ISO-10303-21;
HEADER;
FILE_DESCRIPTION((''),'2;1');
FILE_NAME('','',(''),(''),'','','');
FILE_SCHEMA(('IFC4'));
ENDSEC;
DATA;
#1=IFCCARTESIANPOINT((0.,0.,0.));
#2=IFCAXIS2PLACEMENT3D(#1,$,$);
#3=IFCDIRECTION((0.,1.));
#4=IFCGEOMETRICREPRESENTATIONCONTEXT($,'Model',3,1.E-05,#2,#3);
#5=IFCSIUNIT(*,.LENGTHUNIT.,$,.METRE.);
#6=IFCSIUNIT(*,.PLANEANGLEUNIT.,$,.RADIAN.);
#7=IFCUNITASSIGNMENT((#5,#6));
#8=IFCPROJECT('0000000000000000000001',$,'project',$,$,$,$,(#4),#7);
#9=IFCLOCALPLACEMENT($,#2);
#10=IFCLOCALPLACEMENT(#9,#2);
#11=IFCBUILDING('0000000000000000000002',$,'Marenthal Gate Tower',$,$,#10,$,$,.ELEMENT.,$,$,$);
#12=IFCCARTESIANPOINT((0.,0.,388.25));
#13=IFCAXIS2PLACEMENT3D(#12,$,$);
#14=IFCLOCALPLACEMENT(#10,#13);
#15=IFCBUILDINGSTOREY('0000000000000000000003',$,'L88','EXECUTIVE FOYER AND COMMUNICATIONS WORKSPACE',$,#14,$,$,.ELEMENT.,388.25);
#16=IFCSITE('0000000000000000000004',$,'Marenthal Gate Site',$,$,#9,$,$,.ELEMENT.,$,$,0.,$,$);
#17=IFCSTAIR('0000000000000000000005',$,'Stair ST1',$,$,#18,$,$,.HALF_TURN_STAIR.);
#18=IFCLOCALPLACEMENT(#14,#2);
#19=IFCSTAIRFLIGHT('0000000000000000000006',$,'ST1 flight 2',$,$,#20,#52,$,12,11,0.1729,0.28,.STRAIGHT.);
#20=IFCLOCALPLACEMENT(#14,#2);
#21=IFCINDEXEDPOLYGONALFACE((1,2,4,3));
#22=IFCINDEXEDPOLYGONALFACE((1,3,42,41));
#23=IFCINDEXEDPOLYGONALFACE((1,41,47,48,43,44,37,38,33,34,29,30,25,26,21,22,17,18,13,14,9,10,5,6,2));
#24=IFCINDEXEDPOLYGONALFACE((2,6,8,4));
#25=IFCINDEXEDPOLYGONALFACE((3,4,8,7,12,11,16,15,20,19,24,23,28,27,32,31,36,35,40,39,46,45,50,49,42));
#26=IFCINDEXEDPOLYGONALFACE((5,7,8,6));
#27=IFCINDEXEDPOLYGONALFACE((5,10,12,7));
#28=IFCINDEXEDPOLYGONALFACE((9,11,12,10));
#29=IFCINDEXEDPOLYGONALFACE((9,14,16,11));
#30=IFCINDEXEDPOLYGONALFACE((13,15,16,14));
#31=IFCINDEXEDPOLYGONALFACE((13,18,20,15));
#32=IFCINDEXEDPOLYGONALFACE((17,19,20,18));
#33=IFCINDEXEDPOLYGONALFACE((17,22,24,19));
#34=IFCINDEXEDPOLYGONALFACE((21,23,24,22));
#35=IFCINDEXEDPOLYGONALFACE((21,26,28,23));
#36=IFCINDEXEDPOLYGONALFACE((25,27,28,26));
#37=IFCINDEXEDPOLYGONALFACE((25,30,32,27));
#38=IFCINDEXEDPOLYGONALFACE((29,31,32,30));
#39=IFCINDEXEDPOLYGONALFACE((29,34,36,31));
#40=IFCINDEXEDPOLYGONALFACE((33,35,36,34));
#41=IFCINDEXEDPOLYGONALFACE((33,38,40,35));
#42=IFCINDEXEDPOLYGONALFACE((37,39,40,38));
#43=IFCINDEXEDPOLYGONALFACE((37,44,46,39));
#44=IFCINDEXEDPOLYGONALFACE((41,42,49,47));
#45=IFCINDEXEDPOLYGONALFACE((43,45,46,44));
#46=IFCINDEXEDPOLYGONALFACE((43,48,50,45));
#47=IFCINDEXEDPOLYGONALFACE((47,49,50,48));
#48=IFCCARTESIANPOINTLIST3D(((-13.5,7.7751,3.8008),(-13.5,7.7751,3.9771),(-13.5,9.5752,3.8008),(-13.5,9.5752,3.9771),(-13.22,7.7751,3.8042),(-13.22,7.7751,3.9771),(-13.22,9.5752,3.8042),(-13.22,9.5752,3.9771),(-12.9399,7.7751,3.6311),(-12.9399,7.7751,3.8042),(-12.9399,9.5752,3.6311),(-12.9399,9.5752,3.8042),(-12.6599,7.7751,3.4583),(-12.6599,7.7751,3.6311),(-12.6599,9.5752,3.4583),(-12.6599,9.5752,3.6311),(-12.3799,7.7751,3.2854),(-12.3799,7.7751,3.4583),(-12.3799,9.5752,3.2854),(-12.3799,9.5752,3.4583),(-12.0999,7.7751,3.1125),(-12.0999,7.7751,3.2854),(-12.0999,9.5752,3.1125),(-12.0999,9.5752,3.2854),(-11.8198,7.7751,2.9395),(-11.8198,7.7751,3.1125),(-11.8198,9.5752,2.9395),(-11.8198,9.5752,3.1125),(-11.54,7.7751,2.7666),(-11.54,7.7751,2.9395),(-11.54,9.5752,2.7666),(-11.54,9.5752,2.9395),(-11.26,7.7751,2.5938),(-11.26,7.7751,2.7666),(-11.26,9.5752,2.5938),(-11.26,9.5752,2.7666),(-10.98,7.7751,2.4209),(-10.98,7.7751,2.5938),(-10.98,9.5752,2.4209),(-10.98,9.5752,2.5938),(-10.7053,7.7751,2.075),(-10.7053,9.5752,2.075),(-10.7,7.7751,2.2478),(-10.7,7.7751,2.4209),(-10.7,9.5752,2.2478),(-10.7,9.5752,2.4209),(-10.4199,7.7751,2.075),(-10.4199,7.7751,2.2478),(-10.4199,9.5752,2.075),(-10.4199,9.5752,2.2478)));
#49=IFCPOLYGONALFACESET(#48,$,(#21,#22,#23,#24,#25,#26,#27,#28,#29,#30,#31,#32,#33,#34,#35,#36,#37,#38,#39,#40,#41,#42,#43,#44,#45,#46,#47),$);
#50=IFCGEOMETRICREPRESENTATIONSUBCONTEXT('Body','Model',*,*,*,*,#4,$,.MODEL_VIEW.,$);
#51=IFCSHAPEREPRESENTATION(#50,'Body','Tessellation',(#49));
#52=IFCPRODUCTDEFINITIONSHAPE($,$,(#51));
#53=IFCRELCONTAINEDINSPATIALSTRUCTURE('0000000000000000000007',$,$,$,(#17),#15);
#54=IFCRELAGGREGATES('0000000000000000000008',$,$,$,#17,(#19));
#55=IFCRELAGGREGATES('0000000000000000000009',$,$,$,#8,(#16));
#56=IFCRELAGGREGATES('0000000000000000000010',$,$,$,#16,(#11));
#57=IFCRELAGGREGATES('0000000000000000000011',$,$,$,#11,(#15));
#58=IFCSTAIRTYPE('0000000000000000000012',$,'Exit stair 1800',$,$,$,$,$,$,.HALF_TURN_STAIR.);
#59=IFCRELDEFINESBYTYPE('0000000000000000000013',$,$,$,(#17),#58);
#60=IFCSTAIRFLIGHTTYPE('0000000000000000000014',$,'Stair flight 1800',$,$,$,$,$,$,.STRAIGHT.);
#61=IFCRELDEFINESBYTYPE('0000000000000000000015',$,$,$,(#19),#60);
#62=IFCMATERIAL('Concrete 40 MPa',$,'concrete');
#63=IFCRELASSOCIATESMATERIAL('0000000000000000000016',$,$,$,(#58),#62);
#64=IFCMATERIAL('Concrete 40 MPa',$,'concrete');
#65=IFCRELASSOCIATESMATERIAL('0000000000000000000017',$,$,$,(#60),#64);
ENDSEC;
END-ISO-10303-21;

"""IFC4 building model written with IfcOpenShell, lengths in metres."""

from ifc_helpers import new_model, si_unit, direction, frame, origin, place, context, subcontext, project, spatial, polyline, outline, extrude, material, type_object, element, aggregate, save


model = new_model("IFC4")

# Units and contexts
model_context = context("Model", 3, precision=1e-05, world=origin(), true_north=direction((0.0, 1.0)))
body_context = subcontext(model_context, "Body", "Model", "MODEL_VIEW")
ifc_project = project(units=[si_unit("LENGTHUNIT", "METRE"), si_unit("PLANEANGLEUNIT", "RADIAN")], contexts=[model_context])

# Site, building, storey
site_placement = place(None, origin())
site = spatial("IfcSite", under=ifc_project, at=site_placement, Name="Marenthal Gate Site", CompositionType="ELEMENT", RefElevation=0.0)
building_placement = place(site_placement, origin())
building = spatial("IfcBuilding", under=site, at=building_placement, Name="Marenthal Gate Tower", CompositionType="ELEMENT")
storey_placement = place(building_placement, frame((0.0, 0.0, 388.25)))
storey = spatial("IfcBuildingStorey", under=building, at=storey_placement, Name="L88", Description="EXECUTIVE FOYER AND COMMUNICATIONS WORKSPACE", CompositionType="ELEMENT", Elevation=388.25)

# Stair, stair flight
ifc_material_1 = material(Name="Concrete 40 MPa", Category="concrete")
stair_type = type_object("IfcStairType", Name="Exit stair 1800", PredefinedType="HALF_TURN_STAIR", material=ifc_material_1)
stair_placement = place(storey_placement, origin())
stair = element("IfcStair", 1, at=stair_placement, inside=storey, type_object=stair_type, Name="Stair ST1", PredefinedType="HALF_TURN_STAIR")
ifc_material_2 = material(Name="Concrete 40 MPa", Category="concrete")
stair_flight_type = type_object("IfcStairFlightType", Name="Stair flight 1800", PredefinedType="STRAIGHT", material=ifc_material_2)
stair_flight_1_placement = place(storey_placement, frame((-10.4199, 8.675, 2.075), z_axis=(0.0, 0.0, 1.0), x_axis=(-1.0, 0.0, 0.0)))
stair_flight_1 = element("IfcStairFlight", 2, at=stair_flight_1_placement, type_object=stair_flight_type, Name="ST1 flight 2", NumberOfRisers=12, NumberOfTreads=11, PredefinedType="STRAIGHT", RiserHeight=0.1729, TreadLength=0.28, context=body_context, shape_type="SweptSolid", body=[
    extrude(outline(polyline([(0.0, 0.0), (0.0, 0.1729), (0.28, 0.1729), (0.28, 0.3459), (0.5601, 0.3459), (0.5601, 0.5188), (0.8401, 0.5188), (0.8401, 0.6917), (1.1201, 0.6917), (1.1201, 0.8645), (1.3999, 0.8645), (1.3999, 1.0376), (1.6799, 1.0376), (1.6799, 1.2104), (1.96, 1.2104), (1.96, 1.3833), (2.24, 1.3833), (2.24, 1.5562), (2.52, 1.5562), (2.52, 1.7292), (2.8, 1.7292), (2.8, 1.9021), (3.0801, 1.9021), (3.0801, 2.075), (3.0801, 1.7258), (0.2854, 0.0), (0.0, 0.0)])), frame((0.0, 0.8999, 0.0), z_axis=(0.0, -1.0, 0.0), x_axis=(1.0, 0.0, 0.0)), (0.0, 0.0, 1.0), 1.8),
])
aggregate(stair, [stair_flight_1])

save(model, "model.ifc")
